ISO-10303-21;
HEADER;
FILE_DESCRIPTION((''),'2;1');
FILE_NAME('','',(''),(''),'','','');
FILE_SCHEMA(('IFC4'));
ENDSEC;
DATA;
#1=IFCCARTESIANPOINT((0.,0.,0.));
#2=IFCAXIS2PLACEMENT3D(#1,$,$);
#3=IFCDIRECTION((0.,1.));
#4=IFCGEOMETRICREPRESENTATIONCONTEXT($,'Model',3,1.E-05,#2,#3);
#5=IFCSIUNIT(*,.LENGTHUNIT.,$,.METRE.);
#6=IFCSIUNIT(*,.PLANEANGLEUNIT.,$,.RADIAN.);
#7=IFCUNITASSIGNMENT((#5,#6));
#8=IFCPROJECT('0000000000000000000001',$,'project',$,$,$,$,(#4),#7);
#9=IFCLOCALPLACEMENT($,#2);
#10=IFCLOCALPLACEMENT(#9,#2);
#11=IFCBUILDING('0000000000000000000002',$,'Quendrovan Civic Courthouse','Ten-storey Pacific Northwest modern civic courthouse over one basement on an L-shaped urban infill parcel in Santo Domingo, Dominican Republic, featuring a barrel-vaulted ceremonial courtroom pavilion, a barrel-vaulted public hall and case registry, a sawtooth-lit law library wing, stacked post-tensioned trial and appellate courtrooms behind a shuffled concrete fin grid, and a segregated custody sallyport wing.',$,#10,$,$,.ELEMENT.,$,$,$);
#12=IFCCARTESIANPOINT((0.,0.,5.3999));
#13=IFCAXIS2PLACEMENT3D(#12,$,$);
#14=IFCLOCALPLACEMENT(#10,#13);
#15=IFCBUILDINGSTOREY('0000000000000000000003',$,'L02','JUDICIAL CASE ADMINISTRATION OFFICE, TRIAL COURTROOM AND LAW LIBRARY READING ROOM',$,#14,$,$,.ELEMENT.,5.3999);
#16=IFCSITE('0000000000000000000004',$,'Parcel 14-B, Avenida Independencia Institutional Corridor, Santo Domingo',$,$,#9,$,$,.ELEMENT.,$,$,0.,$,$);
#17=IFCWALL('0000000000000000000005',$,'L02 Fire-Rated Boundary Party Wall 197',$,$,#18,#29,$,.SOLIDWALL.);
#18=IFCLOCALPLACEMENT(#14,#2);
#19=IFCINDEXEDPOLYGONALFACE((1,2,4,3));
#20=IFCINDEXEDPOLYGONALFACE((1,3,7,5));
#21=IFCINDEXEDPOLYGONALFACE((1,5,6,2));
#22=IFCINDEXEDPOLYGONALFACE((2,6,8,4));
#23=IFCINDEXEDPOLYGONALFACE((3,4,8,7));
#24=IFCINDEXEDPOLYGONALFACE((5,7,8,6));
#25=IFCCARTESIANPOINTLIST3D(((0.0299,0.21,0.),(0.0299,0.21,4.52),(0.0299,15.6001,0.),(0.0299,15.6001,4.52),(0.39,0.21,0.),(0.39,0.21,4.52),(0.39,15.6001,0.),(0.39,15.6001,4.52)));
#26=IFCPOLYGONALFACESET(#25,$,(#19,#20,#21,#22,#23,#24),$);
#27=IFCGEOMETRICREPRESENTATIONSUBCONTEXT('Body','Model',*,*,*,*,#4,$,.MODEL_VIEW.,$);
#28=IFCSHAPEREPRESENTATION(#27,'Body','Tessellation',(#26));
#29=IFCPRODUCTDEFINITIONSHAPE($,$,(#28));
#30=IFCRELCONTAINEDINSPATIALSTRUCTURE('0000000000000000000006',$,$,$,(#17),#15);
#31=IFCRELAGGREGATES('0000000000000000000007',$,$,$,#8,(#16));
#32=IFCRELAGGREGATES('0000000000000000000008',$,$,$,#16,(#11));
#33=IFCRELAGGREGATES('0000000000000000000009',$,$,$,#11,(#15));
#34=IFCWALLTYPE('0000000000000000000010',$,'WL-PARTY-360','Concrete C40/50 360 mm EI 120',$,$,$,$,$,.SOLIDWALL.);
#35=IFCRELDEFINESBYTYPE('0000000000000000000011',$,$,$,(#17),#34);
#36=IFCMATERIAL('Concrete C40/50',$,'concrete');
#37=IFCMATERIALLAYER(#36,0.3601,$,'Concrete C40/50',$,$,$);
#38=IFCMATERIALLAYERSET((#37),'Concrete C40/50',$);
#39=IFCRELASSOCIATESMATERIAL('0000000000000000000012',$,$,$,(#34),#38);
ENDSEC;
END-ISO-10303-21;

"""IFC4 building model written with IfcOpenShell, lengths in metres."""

from ifc_helpers import new_model, si_unit, direction, frame, frame_2d, origin, place, context, subcontext, project, spatial, rectangle, extrude, material, layer, layer_set, type_object, element, save


model = new_model("IFC4")

# Units and contexts
model_context = context("Model", 3, precision=1e-05, world=origin(), true_north=direction((0.0, 1.0)))
body_context = subcontext(model_context, "Body", "Model", "MODEL_VIEW")
ifc_project = project(units=[si_unit("LENGTHUNIT", "METRE"), si_unit("PLANEANGLEUNIT", "RADIAN")], contexts=[model_context])

# Site, building, storey
site_placement = place(None, origin())
site = spatial("IfcSite", under=ifc_project, at=site_placement, Name="Parcel 14-B, Avenida Independencia Institutional Corridor, Santo Domingo", CompositionType="ELEMENT", RefElevation=0.0)
building_placement = place(site_placement, origin())
building = spatial("IfcBuilding", under=site, at=building_placement, Name="Quendrovan Civic Courthouse", Description="Ten-storey Pacific Northwest modern civic courthouse over one basement on an L-shaped urban infill parcel in Santo Domingo, Dominican Republic, featuring a barrel-vaulted ceremonial courtroom pavilion, a barrel-vaulted public hall and case registry, a sawtooth-lit law library wing, stacked post-tensioned trial and appellate courtrooms behind a shuffled concrete fin grid, and a segregated custody sallyport wing.", CompositionType="ELEMENT")
storey_placement = place(building_placement, frame((0.0, 0.0, 5.3999)))
storey = spatial("IfcBuildingStorey", under=building, at=storey_placement, Name="L02", Description="JUDICIAL CASE ADMINISTRATION OFFICE, TRIAL COURTROOM AND LAW LIBRARY READING ROOM", CompositionType="ELEMENT", Elevation=5.3999)

# Shared definitions
ifc_material_1 = material(Name="Concrete C40/50", Category="concrete")

# Wall
ifc_layer_1 = layer(ifc_material_1, 0.3601, Name="Concrete C40/50")
ifc_layer_set_1 = layer_set([ifc_layer_1], Name="Concrete C40/50")
wall_type = type_object("IfcWallType", Name="WL-PARTY-360", Description="Concrete C40/50 360 mm EI 120", PredefinedType="SOLIDWALL", material=ifc_layer_set_1)
wall_placement = place(storey_placement, frame((0.21, 0.21, 0.0), z_axis=(0.0, 0.0, 1.0), x_axis=(0.0, 1.0, 0.0)))
element("IfcWall", 1, at=wall_placement, inside=storey, type_object=wall_type, Name="L02 Fire-Rated Boundary Party Wall 197", PredefinedType="SOLIDWALL", context=body_context, shape_type="SweptSolid", body=[
    extrude(rectangle(XDim=15.3901, YDim=0.3601, at=frame_2d((7.6951, 0.0))), origin(), (0.0, 0.0, 1.0), 4.52),
])

save(model, "model.ifc")
